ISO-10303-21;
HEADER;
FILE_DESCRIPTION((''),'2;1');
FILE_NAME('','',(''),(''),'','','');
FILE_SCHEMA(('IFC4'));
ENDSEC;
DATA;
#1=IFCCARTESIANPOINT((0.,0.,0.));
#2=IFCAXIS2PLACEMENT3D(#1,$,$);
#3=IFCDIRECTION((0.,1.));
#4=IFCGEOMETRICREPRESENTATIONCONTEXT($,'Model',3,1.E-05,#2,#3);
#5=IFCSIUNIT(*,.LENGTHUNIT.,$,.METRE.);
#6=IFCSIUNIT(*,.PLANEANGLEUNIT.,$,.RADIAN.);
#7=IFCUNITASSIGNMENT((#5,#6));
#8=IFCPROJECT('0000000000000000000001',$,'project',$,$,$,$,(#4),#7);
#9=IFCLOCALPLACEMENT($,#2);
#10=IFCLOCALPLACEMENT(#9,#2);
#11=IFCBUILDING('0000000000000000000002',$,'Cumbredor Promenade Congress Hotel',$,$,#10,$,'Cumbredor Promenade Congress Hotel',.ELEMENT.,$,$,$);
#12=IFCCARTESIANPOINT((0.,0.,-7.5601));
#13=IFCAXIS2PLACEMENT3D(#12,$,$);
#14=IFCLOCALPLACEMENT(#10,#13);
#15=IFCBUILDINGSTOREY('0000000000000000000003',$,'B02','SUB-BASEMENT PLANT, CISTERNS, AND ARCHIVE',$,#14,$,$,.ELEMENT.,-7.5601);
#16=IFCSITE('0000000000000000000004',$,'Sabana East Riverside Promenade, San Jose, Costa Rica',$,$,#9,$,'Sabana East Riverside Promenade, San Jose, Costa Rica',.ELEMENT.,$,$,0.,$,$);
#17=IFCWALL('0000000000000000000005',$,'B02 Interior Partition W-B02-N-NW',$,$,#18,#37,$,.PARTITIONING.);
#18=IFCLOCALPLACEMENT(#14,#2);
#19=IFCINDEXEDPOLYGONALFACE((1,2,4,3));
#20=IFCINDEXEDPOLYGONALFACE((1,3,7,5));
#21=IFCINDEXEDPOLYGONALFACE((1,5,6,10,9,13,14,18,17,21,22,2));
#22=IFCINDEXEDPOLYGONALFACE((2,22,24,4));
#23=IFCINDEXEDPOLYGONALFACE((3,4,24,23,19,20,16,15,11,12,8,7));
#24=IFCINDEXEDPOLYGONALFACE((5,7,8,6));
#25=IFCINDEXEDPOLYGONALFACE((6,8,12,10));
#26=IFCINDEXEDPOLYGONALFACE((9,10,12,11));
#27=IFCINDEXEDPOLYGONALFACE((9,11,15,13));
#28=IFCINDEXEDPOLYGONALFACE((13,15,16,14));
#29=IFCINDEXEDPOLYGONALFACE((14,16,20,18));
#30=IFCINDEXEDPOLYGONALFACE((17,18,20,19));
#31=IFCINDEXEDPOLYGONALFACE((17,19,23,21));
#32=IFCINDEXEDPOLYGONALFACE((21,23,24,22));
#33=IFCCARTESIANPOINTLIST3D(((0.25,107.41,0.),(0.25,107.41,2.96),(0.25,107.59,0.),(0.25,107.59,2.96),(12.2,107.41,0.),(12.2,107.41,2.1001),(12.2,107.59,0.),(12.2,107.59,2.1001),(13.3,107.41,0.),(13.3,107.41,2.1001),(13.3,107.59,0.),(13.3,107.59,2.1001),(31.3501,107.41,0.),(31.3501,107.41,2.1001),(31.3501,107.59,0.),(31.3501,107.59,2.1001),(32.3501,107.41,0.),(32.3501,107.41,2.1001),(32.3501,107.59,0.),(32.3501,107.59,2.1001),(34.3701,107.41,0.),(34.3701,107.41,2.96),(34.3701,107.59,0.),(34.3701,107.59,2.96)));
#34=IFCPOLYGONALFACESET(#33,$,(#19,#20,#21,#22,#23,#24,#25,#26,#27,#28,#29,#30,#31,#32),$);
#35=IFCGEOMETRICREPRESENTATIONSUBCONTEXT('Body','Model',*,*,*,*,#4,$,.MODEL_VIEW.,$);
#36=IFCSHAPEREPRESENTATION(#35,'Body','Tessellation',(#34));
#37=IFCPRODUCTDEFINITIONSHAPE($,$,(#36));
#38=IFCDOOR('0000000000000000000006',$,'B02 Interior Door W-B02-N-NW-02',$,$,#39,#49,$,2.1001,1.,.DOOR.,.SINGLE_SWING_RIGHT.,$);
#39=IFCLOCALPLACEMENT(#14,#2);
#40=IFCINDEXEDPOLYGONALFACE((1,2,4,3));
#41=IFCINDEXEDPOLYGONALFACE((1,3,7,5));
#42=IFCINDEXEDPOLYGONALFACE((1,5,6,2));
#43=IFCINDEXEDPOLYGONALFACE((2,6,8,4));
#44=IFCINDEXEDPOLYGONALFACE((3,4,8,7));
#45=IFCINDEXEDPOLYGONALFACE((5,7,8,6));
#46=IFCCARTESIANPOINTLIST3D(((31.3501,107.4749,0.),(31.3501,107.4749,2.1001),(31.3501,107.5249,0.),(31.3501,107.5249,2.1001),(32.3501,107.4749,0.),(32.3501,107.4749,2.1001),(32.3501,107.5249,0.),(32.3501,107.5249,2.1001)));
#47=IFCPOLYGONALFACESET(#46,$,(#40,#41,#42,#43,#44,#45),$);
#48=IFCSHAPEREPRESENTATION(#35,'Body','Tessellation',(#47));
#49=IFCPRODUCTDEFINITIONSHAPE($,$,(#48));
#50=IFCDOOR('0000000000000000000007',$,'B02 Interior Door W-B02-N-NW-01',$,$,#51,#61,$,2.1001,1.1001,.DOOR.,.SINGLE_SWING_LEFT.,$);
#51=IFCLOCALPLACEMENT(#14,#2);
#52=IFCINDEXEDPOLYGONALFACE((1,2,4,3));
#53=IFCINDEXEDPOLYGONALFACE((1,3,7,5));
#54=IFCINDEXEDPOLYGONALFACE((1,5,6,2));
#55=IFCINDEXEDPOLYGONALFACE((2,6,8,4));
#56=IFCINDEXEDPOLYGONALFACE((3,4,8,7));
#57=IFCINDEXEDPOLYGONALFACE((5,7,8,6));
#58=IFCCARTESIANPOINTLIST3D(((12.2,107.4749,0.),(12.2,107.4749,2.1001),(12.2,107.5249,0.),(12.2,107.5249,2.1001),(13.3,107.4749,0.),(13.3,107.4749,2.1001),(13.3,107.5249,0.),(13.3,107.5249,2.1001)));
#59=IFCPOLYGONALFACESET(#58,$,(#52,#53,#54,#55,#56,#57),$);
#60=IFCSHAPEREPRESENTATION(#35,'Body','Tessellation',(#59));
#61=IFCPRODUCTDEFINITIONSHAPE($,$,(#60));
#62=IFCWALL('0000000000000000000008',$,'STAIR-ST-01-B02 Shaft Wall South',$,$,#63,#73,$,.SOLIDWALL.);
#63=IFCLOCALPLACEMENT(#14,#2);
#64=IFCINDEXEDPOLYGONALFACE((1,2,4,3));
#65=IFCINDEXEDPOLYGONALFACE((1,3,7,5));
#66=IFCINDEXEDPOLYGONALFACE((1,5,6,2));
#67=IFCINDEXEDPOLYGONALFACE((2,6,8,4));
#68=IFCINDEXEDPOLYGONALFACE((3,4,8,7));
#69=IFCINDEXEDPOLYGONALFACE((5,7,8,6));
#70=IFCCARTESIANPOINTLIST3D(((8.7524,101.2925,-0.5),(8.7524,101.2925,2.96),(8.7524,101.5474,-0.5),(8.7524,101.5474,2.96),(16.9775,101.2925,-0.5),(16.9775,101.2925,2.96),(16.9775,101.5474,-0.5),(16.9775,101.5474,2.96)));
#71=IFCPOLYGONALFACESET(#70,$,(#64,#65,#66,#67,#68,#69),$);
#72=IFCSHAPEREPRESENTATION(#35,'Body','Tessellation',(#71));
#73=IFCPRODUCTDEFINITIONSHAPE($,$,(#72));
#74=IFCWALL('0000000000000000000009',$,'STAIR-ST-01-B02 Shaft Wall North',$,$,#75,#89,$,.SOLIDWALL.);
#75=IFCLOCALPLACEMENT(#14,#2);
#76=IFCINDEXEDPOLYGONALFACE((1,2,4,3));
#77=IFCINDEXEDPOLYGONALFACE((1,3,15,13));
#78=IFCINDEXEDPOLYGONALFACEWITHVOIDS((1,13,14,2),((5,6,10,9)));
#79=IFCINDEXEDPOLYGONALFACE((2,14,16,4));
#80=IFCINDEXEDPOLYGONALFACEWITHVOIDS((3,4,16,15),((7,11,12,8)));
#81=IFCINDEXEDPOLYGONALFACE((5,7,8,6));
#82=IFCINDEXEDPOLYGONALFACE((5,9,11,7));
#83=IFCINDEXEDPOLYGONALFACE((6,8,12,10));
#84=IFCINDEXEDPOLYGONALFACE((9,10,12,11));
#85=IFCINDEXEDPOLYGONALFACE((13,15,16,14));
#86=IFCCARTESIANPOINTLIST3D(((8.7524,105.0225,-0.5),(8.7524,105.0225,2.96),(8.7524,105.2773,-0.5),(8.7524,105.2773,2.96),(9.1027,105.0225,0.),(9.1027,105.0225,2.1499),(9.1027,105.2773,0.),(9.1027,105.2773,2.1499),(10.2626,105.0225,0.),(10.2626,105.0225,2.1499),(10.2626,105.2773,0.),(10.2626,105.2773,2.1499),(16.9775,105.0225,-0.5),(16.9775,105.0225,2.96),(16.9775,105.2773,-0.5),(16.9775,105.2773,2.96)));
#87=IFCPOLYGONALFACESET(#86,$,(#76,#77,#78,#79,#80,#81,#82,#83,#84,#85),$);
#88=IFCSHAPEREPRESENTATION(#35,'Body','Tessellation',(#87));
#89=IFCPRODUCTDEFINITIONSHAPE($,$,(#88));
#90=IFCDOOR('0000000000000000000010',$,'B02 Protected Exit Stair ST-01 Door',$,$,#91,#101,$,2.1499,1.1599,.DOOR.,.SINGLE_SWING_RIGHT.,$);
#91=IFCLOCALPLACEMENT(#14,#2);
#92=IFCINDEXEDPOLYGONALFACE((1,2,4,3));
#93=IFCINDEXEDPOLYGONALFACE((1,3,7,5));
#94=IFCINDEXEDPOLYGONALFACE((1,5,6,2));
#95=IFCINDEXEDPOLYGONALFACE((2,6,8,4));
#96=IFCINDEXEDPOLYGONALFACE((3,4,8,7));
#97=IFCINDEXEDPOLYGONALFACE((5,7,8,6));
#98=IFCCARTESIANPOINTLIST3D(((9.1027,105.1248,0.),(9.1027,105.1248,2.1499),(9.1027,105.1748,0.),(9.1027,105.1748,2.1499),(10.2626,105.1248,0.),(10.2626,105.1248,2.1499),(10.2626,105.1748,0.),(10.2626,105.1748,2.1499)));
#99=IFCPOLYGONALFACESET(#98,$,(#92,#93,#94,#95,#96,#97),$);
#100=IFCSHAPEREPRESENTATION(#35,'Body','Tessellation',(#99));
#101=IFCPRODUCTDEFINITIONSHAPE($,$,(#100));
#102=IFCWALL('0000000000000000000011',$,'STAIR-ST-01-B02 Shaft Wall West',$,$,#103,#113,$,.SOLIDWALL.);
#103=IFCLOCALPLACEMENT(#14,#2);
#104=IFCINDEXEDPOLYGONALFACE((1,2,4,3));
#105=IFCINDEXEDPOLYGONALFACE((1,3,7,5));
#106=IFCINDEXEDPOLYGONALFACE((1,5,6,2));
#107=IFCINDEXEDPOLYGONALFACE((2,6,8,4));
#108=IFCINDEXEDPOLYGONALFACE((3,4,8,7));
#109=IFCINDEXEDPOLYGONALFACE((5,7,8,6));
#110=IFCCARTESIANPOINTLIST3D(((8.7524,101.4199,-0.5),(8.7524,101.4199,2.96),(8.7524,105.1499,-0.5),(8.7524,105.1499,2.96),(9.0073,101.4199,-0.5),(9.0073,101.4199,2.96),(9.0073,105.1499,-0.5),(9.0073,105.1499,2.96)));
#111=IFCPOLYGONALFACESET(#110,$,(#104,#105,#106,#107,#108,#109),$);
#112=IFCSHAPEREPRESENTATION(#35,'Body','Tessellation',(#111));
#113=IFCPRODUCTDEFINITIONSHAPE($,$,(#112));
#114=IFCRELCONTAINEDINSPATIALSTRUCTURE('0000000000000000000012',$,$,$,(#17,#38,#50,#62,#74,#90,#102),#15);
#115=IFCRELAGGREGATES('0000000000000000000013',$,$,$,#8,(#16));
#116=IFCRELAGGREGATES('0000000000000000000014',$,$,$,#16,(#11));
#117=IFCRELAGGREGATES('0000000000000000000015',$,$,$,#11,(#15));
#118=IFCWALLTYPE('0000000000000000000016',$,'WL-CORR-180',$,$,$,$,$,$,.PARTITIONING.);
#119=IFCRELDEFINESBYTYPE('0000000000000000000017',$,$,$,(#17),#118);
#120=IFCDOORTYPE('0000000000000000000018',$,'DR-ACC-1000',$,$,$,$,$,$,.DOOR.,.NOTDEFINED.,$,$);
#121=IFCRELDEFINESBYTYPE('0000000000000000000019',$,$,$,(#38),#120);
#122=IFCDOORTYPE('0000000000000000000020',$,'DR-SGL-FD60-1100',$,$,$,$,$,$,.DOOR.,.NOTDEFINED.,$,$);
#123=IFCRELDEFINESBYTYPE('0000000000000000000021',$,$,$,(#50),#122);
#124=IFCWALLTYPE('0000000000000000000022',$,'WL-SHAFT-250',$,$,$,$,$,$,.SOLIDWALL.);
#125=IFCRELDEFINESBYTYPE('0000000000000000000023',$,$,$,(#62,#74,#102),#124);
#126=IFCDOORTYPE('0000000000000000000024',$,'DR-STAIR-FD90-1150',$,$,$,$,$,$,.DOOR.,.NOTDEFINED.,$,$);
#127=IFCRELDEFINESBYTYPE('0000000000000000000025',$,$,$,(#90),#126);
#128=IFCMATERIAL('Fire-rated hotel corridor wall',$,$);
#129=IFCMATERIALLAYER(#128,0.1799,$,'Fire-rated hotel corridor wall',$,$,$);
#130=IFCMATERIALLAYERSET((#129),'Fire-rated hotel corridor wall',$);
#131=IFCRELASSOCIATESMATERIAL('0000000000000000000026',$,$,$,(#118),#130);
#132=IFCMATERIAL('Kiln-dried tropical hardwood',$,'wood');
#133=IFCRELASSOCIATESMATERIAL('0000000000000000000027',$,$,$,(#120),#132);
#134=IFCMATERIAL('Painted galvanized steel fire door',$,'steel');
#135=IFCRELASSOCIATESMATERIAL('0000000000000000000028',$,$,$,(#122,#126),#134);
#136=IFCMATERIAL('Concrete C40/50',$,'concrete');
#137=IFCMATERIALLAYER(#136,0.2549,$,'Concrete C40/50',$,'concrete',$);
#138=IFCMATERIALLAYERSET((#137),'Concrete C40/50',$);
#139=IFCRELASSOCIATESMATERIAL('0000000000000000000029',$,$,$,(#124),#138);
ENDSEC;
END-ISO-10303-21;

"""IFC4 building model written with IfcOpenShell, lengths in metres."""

from ifc_helpers import new_model, si_unit, direction, frame, frame_2d, origin, place, context, subcontext, project, spatial, rectangle, extrude, material, layer, layer_set, type_object, element, fill, save


model = new_model("IFC4")

# Units and contexts
model_context = context("Model", 3, precision=1e-05, world=origin(), true_north=direction((0.0, 1.0)))
body_context = subcontext(model_context, "Body", "Model", "MODEL_VIEW")
ifc_project = project(units=[si_unit("LENGTHUNIT", "METRE"), si_unit("PLANEANGLEUNIT", "RADIAN")], contexts=[model_context])

# Site, building, storey
site_placement = place(None, origin())
site = spatial("IfcSite", under=ifc_project, at=site_placement, Name="Sabana East Riverside Promenade, San Jose, Costa Rica", LongName="Sabana East Riverside Promenade, San Jose, Costa Rica", CompositionType="ELEMENT", RefElevation=0.0)
building_placement = place(site_placement, origin())
building = spatial("IfcBuilding", under=site, at=building_placement, Name="Cumbredor Promenade Congress Hotel", LongName="Cumbredor Promenade Congress Hotel", CompositionType="ELEMENT")
storey_placement = place(building_placement, frame((0.0, 0.0, -7.5601)))
storey = spatial("IfcBuildingStorey", under=building, at=storey_placement, Name="B02", Description="SUB-BASEMENT PLANT, CISTERNS, AND ARCHIVE", CompositionType="ELEMENT", Elevation=-7.5601)

# Shared definitions
ifc_material_1 = material(Name="Concrete C40/50", Category="concrete")

# Wall, openings, doors
ifc_material_2 = material(Name="Fire-rated hotel corridor wall")
ifc_layer_1 = layer(ifc_material_2, 0.1799, Name="Fire-rated hotel corridor wall")
ifc_layer_set_1 = layer_set([ifc_layer_1], Name="Fire-rated hotel corridor wall")
wall_type_1 = type_object("IfcWallType", Name="WL-CORR-180", PredefinedType="PARTITIONING", material=ifc_layer_set_1)
wall_1_placement = place(storey_placement, frame((0.25, 107.5, 0.0), z_axis=(0.0, 0.0, 1.0), x_axis=(1.0, 0.0, 0.0)))
wall_1 = element("IfcWall", 1, at=wall_1_placement, inside=storey, type_object=wall_type_1, Name="B02 Interior Partition W-B02-N-NW", PredefinedType="PARTITIONING", context=body_context, shape_type="SweptSolid", body=[
    extrude(rectangle(XDim=34.1201, YDim=0.1799, at=frame_2d((17.0601, 0.0))), origin(), (0.0, 0.0, 1.0), 2.96),
])
opening_1_placement = place(wall_1_placement, frame((11.95, 0.0, 0.0)))
opening_1 = element("IfcOpeningElement", 2, at=opening_1_placement, cuts=wall_1, PredefinedType="OPENING", context=body_context, shape_type="SweptSolid", body=[
    extrude(rectangle(XDim=1.1001, YDim=2.1001, at=frame_2d((0.55, 1.05))), frame((0.0, 0.1001, 0.0), z_axis=(0.0, -1.0, 0.0), x_axis=(1.0, 0.0, 0.0)), (0.0, 0.0, 1.0), 0.2),
])
opening_2_placement = place(wall_1_placement, frame((31.1001, 0.0, 0.0)))
opening_2 = element("IfcOpeningElement", 3, at=opening_2_placement, cuts=wall_1, PredefinedType="OPENING", context=body_context, shape_type="SweptSolid", body=[
    extrude(rectangle(XDim=1.0, YDim=2.1001, at=frame_2d((0.5, 1.05))), frame((0.0, 0.1001, 0.0), z_axis=(0.0, -1.0, 0.0), x_axis=(1.0, 0.0, 0.0)), (0.0, 0.0, 1.0), 0.2),
])
ifc_material_3 = material(Name="Kiln-dried tropical hardwood", Category="wood")
door_type_1 = type_object("IfcDoorType", Name="DR-ACC-1000", OperationType="NOTDEFINED", PredefinedType="DOOR", material=ifc_material_3)
door_1_placement = place(opening_2_placement, origin())
door_1 = element("IfcDoor", 4, at=door_1_placement, inside=storey, type_object=door_type_1, Name="B02 Interior Door W-B02-N-NW-02", OperationType="SINGLE_SWING_RIGHT", OverallHeight=2.1001, OverallWidth=1.0, PredefinedType="DOOR", context=body_context, shape_type="SweptSolid", body=[
    extrude(rectangle(XDim=1.0, YDim=2.1001, at=frame_2d((0.5, 1.05))), frame((0.0, 0.0249, 0.0), z_axis=(0.0, -1.0, 0.0), x_axis=(1.0, 0.0, 0.0)), (0.0, 0.0, 1.0), 0.05),
])
fill(opening_2, door_1)
ifc_material_4 = material(Name="Painted galvanized steel fire door", Category="steel")
door_type_2 = type_object("IfcDoorType", Name="DR-SGL-FD60-1100", OperationType="NOTDEFINED", PredefinedType="DOOR", material=ifc_material_4)
door_2_placement = place(opening_1_placement, origin())
door_2 = element("IfcDoor", 5, at=door_2_placement, inside=storey, type_object=door_type_2, Name="B02 Interior Door W-B02-N-NW-01", OperationType="SINGLE_SWING_LEFT", OverallHeight=2.1001, OverallWidth=1.1001, PredefinedType="DOOR", context=body_context, shape_type="SweptSolid", body=[
    extrude(rectangle(XDim=1.1001, YDim=2.1001, at=frame_2d((0.55, 1.05))), frame((0.0, 0.0249, 0.0), z_axis=(0.0, -1.0, 0.0), x_axis=(1.0, 0.0, 0.0)), (0.0, 0.0, 1.0), 0.05),
])
fill(opening_1, door_2)

# Wall
ifc_layer_2 = layer(ifc_material_1, 0.2549, Name="Concrete C40/50", Category="concrete")
ifc_layer_set_2 = layer_set([ifc_layer_2], Name="Concrete C40/50")
wall_type_2 = type_object("IfcWallType", Name="WL-SHAFT-250", PredefinedType="SOLIDWALL", material=ifc_layer_set_2)
wall_2_placement = place(storey_placement, frame((8.7524, 101.4199, -0.5), z_axis=(0.0, 0.0, 1.0), x_axis=(1.0, 0.0, 0.0)))
element("IfcWall", 6, at=wall_2_placement, inside=storey, type_object=wall_type_2, Name="STAIR-ST-01-B02 Shaft Wall South", PredefinedType="SOLIDWALL", context=body_context, shape_type="SweptSolid", body=[
    extrude(rectangle(XDim=8.2251, YDim=0.2549, at=frame_2d((4.1125, 0.0))), origin(), (0.0, 0.0, 1.0), 3.46),
])

# Wall, opening, door
wall_3_placement = place(storey_placement, frame((8.7524, 105.1499, -0.5), z_axis=(0.0, 0.0, 1.0), x_axis=(1.0, 0.0, 0.0)))
wall_3 = element("IfcWall", 7, at=wall_3_placement, inside=storey, type_object=wall_type_2, Name="STAIR-ST-01-B02 Shaft Wall North", PredefinedType="SOLIDWALL", context=body_context, shape_type="SweptSolid", body=[
    extrude(rectangle(XDim=8.2251, YDim=0.2549, at=frame_2d((4.1125, 0.0))), origin(), (0.0, 0.0, 1.0), 3.46),
])
opening_3_placement = place(wall_3_placement, frame((0.3501, 0.0, 0.5)))
opening_3 = element("IfcOpeningElement", 8, at=opening_3_placement, cuts=wall_3, PredefinedType="OPENING", context=body_context, shape_type="SweptSolid", body=[
    extrude(rectangle(XDim=1.1599, YDim=2.1499, at=frame_2d((0.5801, 1.075))), frame((0.0, 0.1375, 0.0), z_axis=(0.0, -1.0, 0.0), x_axis=(1.0, 0.0, 0.0)), (0.0, 0.0, 1.0), 0.2749),
])
door_type_3 = type_object("IfcDoorType", Name="DR-STAIR-FD90-1150", OperationType="NOTDEFINED", PredefinedType="DOOR", material=ifc_material_4)
door_3_placement = place(opening_3_placement, origin())
door_3 = element("IfcDoor", 9, at=door_3_placement, inside=storey, type_object=door_type_3, Name="B02 Protected Exit Stair ST-01 Door", OperationType="SINGLE_SWING_RIGHT", OverallHeight=2.1499, OverallWidth=1.1599, PredefinedType="DOOR", context=body_context, shape_type="SweptSolid", body=[
    extrude(rectangle(XDim=1.1599, YDim=2.1499, at=frame_2d((0.5801, 1.075))), frame((0.0, 0.0249, 0.0), z_axis=(0.0, -1.0, 0.0), x_axis=(1.0, 0.0, 0.0)), (0.0, 0.0, 1.0), 0.05),
])
fill(opening_3, door_3)

# Wall
wall_4_placement = place(storey_placement, frame((8.8799, 101.4199, -0.5), z_axis=(0.0, 0.0, 1.0), x_axis=(0.0, 1.0, 0.0)))
element("IfcWall", 10, at=wall_4_placement, inside=storey, type_object=wall_type_2, Name="STAIR-ST-01-B02 Shaft Wall West", PredefinedType="SOLIDWALL", context=body_context, shape_type="SweptSolid", body=[
    extrude(rectangle(XDim=3.73, YDim=0.2549, at=frame_2d((1.865, 0.0))), origin(), (0.0, 0.0, 1.0), 3.46),
])

save(model, "model.ifc")
